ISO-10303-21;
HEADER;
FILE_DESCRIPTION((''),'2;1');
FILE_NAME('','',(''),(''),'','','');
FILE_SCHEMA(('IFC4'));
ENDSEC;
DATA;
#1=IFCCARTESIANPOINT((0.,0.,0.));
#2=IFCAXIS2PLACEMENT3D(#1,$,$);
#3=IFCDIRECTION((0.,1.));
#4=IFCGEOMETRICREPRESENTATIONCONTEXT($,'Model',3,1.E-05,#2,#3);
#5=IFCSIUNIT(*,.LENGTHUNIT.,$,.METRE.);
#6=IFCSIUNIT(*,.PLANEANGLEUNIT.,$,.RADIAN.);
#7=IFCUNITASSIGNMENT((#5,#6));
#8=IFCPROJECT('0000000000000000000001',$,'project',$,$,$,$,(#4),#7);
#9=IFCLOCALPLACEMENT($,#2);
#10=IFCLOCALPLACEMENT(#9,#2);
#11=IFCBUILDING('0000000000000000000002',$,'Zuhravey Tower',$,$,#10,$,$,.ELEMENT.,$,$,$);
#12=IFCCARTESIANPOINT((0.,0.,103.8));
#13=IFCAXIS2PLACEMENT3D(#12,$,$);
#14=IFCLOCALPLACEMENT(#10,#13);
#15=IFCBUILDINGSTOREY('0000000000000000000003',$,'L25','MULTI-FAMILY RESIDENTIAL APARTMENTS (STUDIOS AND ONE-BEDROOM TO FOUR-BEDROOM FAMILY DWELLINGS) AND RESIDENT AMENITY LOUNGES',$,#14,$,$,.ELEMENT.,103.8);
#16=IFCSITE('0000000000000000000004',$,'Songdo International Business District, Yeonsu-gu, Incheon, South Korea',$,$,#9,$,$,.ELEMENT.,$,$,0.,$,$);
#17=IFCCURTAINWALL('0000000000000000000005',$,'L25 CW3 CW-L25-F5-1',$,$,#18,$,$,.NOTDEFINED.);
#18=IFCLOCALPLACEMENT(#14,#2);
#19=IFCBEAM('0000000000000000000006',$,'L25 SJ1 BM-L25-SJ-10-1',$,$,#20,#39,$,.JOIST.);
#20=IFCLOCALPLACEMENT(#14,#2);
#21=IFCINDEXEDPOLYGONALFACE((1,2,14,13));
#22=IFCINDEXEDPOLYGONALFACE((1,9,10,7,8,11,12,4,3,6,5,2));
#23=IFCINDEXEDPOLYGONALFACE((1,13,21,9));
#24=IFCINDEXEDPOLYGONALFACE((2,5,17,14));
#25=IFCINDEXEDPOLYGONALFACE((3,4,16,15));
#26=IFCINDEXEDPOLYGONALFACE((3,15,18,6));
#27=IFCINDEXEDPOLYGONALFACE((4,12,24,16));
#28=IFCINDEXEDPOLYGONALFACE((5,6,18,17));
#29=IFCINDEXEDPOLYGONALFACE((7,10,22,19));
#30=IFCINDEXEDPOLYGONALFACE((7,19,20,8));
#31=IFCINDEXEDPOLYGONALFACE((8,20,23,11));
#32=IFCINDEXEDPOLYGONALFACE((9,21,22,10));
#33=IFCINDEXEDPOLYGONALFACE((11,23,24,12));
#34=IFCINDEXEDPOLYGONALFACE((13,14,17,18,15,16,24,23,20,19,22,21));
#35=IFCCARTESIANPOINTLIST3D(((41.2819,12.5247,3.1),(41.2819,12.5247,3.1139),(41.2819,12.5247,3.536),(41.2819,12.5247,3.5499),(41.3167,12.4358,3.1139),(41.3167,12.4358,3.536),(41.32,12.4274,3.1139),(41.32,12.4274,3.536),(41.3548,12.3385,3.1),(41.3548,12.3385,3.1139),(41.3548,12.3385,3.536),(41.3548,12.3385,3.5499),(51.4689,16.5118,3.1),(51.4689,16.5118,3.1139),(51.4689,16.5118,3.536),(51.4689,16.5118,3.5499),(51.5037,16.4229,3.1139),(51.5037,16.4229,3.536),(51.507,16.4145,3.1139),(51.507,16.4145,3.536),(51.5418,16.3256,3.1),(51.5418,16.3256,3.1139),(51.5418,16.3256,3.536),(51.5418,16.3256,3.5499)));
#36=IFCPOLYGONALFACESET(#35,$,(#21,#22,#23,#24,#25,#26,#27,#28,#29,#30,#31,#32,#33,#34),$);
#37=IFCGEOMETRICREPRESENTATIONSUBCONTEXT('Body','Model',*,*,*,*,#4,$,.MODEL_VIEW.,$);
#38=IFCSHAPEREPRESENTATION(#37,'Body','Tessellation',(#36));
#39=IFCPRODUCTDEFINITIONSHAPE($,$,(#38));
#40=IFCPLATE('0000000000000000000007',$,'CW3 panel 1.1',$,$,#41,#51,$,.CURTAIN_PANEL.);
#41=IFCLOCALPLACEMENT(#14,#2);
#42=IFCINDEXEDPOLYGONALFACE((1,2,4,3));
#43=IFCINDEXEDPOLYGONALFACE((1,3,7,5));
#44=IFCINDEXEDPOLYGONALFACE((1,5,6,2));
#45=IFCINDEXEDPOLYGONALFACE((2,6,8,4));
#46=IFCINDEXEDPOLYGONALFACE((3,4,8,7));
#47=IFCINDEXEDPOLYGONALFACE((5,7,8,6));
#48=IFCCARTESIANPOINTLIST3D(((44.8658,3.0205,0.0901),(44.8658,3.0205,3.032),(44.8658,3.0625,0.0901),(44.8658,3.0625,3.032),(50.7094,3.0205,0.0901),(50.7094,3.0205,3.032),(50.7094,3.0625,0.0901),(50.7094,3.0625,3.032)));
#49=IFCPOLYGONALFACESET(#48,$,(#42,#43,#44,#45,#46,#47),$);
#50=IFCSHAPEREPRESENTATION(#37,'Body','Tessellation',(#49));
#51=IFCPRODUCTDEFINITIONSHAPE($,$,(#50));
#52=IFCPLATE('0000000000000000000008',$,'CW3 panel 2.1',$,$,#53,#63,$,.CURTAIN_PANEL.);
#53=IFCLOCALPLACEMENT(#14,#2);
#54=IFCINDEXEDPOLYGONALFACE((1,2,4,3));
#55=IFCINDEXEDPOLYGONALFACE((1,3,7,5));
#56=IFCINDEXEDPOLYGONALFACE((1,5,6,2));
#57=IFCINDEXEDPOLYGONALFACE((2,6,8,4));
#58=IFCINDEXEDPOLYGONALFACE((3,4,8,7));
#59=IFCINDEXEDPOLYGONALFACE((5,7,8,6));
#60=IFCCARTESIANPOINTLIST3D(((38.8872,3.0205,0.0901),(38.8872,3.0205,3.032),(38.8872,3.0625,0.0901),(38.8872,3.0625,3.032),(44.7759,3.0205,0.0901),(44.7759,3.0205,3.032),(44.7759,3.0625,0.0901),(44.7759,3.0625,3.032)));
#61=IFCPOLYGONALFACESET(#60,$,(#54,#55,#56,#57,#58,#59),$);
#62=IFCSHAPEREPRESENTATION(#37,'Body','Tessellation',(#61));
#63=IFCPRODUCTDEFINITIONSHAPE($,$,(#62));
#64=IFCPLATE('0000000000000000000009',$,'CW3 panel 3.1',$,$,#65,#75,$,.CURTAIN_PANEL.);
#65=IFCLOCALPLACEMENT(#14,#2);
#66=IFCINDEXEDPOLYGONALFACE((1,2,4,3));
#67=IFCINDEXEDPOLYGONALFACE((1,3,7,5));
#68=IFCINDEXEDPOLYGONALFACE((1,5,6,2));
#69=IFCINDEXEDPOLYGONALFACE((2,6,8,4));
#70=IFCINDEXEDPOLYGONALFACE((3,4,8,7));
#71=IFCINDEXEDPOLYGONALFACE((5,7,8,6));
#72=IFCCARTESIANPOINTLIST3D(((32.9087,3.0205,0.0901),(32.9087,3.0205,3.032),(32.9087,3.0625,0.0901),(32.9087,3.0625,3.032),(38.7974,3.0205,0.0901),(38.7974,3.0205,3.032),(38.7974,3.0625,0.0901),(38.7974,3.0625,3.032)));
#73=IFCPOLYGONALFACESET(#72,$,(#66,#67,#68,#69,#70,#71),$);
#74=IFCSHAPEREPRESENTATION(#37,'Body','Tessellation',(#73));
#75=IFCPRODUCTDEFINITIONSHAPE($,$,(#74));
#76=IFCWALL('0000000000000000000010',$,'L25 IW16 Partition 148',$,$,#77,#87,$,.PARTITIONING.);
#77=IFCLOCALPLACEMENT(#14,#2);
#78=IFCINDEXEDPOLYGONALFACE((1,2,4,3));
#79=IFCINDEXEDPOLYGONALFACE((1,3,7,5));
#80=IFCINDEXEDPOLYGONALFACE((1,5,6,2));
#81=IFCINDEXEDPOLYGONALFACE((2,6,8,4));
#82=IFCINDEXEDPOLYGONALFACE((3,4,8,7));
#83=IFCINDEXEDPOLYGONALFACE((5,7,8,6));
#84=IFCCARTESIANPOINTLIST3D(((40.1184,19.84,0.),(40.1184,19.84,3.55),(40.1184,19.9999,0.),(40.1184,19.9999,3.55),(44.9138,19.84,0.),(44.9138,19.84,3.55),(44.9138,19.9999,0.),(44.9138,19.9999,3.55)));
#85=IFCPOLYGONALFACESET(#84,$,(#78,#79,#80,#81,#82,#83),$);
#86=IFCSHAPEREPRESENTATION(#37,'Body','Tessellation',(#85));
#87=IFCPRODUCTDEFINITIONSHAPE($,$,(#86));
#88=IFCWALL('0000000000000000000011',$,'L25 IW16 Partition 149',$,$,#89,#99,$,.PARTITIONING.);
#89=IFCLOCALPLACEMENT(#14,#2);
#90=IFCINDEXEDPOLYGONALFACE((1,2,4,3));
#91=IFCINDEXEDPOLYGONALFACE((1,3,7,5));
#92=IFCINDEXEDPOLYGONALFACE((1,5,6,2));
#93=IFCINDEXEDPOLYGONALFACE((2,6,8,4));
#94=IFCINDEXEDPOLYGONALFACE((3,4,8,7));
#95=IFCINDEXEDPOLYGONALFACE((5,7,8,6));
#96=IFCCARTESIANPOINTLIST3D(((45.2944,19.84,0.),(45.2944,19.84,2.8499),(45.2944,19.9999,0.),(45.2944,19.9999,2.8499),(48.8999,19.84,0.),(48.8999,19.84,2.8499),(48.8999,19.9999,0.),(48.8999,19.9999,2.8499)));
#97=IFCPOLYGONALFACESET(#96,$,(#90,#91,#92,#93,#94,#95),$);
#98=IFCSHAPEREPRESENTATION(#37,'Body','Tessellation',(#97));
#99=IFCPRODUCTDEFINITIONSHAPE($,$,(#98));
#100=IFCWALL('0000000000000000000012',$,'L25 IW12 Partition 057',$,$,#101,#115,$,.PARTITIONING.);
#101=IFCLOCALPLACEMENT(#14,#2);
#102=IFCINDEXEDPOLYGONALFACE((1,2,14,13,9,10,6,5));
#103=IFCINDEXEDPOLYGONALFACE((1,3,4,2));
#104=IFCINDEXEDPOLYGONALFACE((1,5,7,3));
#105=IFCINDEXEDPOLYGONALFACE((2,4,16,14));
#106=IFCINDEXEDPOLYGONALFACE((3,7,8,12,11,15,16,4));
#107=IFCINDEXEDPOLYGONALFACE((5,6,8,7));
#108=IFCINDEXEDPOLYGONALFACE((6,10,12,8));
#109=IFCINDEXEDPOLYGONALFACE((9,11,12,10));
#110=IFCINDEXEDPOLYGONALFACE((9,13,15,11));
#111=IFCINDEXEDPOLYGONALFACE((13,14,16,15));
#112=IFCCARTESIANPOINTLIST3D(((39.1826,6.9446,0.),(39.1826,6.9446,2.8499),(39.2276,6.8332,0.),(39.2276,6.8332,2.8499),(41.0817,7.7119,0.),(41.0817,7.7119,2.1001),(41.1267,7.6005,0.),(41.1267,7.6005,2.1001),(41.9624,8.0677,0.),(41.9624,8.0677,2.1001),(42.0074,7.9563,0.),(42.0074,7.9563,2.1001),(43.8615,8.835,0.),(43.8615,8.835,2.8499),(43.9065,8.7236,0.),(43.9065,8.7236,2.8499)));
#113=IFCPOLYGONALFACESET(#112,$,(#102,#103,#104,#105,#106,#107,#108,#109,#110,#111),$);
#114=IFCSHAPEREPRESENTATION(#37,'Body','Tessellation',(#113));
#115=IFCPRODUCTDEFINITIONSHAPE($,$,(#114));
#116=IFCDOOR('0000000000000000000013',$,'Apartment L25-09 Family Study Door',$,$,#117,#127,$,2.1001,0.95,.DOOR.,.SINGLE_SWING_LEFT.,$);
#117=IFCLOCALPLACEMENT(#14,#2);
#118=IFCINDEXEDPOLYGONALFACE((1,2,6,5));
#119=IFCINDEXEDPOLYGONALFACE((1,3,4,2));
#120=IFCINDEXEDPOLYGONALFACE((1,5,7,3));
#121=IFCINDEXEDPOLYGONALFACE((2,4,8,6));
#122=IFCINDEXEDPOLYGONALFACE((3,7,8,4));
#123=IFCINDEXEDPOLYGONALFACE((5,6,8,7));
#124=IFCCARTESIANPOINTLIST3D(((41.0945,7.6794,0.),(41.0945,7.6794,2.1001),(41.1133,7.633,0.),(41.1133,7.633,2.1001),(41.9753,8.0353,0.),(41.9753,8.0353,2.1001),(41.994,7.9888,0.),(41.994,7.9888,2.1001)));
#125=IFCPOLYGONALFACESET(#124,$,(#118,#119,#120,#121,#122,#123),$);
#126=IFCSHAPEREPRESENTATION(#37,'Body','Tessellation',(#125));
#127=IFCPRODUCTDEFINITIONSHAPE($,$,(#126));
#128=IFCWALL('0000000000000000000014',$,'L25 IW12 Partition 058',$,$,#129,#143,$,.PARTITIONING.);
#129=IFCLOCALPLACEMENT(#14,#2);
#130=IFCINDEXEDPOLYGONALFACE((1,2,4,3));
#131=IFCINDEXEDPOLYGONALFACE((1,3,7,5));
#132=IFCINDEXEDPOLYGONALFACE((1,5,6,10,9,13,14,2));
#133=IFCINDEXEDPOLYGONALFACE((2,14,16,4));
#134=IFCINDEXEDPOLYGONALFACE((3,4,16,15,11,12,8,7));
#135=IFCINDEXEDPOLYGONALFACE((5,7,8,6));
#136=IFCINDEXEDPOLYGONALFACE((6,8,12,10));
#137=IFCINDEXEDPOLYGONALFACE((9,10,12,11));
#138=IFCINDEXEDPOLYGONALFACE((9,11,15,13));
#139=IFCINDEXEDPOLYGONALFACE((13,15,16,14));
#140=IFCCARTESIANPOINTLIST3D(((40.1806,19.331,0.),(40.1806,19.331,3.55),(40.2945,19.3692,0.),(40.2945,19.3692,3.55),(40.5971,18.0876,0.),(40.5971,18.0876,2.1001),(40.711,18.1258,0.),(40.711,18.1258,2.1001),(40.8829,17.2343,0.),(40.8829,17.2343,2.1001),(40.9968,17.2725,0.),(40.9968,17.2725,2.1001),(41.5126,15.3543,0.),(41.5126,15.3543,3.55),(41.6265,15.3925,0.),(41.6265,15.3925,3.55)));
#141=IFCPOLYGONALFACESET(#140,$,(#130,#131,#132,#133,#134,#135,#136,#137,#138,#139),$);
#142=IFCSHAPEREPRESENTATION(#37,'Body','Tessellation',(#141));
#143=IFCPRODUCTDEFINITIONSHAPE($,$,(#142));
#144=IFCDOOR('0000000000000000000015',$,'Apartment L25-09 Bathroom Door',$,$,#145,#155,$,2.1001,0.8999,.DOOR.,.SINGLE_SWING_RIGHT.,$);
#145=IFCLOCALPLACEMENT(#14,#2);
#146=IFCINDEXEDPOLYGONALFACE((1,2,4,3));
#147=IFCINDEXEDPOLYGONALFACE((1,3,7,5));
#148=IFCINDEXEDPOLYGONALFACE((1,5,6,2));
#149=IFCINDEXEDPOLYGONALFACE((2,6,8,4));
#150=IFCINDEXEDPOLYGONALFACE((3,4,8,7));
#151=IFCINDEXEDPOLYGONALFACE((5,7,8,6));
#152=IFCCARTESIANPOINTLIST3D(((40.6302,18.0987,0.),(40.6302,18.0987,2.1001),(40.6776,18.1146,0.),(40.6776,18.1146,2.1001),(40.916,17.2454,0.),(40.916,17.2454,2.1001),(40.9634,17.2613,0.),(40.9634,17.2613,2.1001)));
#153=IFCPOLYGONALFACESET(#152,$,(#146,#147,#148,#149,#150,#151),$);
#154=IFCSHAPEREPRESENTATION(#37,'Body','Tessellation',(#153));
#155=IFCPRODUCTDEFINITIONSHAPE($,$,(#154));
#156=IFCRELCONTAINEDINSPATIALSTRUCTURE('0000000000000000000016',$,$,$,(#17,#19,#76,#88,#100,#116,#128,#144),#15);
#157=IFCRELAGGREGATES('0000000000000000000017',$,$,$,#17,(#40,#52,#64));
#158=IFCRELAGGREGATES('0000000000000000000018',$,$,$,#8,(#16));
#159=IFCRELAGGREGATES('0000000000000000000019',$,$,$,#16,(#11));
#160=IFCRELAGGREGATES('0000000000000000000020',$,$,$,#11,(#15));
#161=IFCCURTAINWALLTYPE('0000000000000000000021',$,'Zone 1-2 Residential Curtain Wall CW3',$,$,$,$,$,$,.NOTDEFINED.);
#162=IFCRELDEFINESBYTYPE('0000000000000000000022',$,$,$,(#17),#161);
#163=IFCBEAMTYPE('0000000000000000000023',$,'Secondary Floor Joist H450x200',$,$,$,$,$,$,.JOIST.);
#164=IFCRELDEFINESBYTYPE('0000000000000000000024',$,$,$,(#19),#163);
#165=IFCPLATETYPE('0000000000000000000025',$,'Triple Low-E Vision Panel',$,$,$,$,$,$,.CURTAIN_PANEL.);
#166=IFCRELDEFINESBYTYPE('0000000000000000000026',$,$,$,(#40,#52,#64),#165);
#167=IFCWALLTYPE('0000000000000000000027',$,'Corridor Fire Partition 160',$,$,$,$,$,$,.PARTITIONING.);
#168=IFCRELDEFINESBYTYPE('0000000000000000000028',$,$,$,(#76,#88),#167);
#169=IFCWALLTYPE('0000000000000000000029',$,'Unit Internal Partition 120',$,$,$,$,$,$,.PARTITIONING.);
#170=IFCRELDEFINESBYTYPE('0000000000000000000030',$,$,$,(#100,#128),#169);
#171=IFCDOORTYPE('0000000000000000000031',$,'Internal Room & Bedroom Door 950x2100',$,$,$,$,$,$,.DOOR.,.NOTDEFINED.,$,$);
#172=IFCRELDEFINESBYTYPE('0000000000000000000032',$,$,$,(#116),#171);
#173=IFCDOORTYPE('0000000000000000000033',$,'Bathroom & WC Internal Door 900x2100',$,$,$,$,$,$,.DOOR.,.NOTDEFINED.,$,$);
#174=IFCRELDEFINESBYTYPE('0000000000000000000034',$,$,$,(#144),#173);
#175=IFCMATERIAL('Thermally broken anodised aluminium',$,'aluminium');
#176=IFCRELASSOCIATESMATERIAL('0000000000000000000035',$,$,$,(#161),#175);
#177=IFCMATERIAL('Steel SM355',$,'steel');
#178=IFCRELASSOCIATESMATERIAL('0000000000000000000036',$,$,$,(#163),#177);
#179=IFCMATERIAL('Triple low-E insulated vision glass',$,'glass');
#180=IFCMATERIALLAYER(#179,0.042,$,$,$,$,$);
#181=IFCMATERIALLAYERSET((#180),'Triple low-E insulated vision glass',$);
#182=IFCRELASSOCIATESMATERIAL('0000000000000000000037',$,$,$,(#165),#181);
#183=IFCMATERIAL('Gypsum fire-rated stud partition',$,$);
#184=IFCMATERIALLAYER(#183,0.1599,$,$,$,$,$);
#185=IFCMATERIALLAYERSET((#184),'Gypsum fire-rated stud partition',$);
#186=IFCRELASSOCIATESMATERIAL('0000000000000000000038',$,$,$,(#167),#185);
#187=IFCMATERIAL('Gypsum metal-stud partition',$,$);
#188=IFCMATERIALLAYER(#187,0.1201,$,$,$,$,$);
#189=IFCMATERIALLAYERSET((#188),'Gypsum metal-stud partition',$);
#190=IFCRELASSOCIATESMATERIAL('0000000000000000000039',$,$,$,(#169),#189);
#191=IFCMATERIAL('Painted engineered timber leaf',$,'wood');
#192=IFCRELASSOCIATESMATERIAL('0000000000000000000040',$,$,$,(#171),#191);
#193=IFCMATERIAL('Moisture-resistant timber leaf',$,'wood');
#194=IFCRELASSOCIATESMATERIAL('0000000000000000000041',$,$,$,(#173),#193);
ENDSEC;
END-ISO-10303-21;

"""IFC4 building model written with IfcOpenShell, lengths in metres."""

from ifc_helpers import new_model, si_unit, direction, frame, frame_2d, origin, origin_2d, place, context, subcontext, project, spatial, rectangle, i_section, extrude, material, layer, layer_set, material_profile, profile_set, type_object, element, fill, aggregate, save


model = new_model("IFC4")

# Units and contexts
model_context = context("Model", 3, precision=1e-05, world=origin(), true_north=direction((0.0, 1.0)))
body_context = subcontext(model_context, "Body", "Model", "MODEL_VIEW")
ifc_project = project(units=[si_unit("LENGTHUNIT", "METRE"), si_unit("PLANEANGLEUNIT", "RADIAN")], contexts=[model_context])

# Site, building, storey
site_placement = place(None, origin())
site = spatial("IfcSite", under=ifc_project, at=site_placement, Name="Songdo International Business District, Yeonsu-gu, Incheon, South Korea", CompositionType="ELEMENT", RefElevation=0.0)
building_placement = place(site_placement, origin())
building = spatial("IfcBuilding", under=site, at=building_placement, Name="Zuhravey Tower", CompositionType="ELEMENT")
storey_placement = place(building_placement, frame((0.0, 0.0, 103.8)))
storey = spatial("IfcBuildingStorey", under=building, at=storey_placement, Name="L25", Description="MULTI-FAMILY RESIDENTIAL APARTMENTS (STUDIOS AND ONE-BEDROOM TO FOUR-BEDROOM FAMILY DWELLINGS) AND RESIDENT AMENITY LOUNGES", CompositionType="ELEMENT", Elevation=103.8)

# Curtain wall
ifc_material_1 = material(Name="Thermally broken anodised aluminium", Category="aluminium")
curtain_wall_type = type_object("IfcCurtainWallType", Name="Zone 1-2 Residential Curtain Wall CW3", PredefinedType="NOTDEFINED", material=ifc_material_1)
curtain_wall_placement = place(storey_placement, origin())
curtain_wall = element("IfcCurtainWall", 1, at=curtain_wall_placement, inside=storey, type_object=curtain_wall_type, Name="L25 CW3 CW-L25-F5-1", PredefinedType="NOTDEFINED")

# Beam
ifc_material_2 = material(Name="Steel SM355", Category="steel")
ifc_material_profile_1 = material_profile(ifc_material_2, i_section(OverallWidth=0.2, OverallDepth=0.45, WebThickness=0.009, FlangeThickness=0.0139, at=origin_2d()), Name="H-450x200x9x14")
ifc_profile_set_1 = profile_set([ifc_material_profile_1], Name="Steel SM355")
beam_type_1 = type_object("IfcBeamType", Name="Secondary Floor Joist H450x200", PredefinedType="JOIST", material=ifc_profile_set_1)
beam_1_placement = place(storey_placement, frame((41.3184, 12.4316, 3.325), z_axis=(0.931217, 0.364466, 0.0), x_axis=(-0.364466, 0.931217, 0.0)))
element("IfcBeam", 2, at=beam_1_placement, inside=storey, type_object=beam_type_1, Name="L25 SJ1 BM-L25-SJ-10-1", PredefinedType="JOIST", context=body_context, shape_type="SweptSolid", body=[
    extrude(i_section(OverallWidth=0.2, OverallDepth=0.45, WebThickness=0.009, FlangeThickness=0.0139, at=origin_2d()), origin(), (0.0, 0.0, 1.0), 10.9395),
])

# Plates
ifc_material_3 = material(Name="Triple low-E insulated vision glass", Category="glass")
ifc_layer_1 = layer(ifc_material_3, 0.042)
ifc_layer_set_1 = layer_set([ifc_layer_1], Name="Triple low-E insulated vision glass")
plate_type = type_object("IfcPlateType", Name="Triple Low-E Vision Panel", PredefinedType="CURTAIN_PANEL", material=ifc_layer_set_1)
plate_1_placement = place(storey_placement, frame((47.7876, 3.0415, 0.0901), z_axis=(0.0, 0.0, 1.0), x_axis=(-1.0, 0.0, 0.0)))
plate_1 = element("IfcPlate", 3, at=plate_1_placement, type_object=plate_type, Name="CW3 panel 1.1", PredefinedType="CURTAIN_PANEL", context=body_context, shape_type="SweptSolid", body=[
    extrude(rectangle(XDim=5.8435, YDim=0.042, at=origin_2d()), origin(), (0.0, 0.0, 1.0), 2.9419),
])
plate_2_placement = place(storey_placement, frame((41.8315, 3.0415, 0.0901), z_axis=(0.0, 0.0, 1.0), x_axis=(-1.0, 0.0, 0.0)))
plate_2 = element("IfcPlate", 4, at=plate_2_placement, type_object=plate_type, Name="CW3 panel 2.1", PredefinedType="CURTAIN_PANEL", context=body_context, shape_type="SweptSolid", body=[
    extrude(rectangle(XDim=5.8887, YDim=0.042, at=origin_2d()), origin(), (0.0, 0.0, 1.0), 2.9419),
])
plate_3_placement = place(storey_placement, frame((35.853, 3.0415, 0.0901), z_axis=(0.0, 0.0, 1.0), x_axis=(-1.0, 0.0, 0.0)))
plate_3 = element("IfcPlate", 5, at=plate_3_placement, type_object=plate_type, Name="CW3 panel 3.1", PredefinedType="CURTAIN_PANEL", context=body_context, shape_type="SweptSolid", body=[
    extrude(rectangle(XDim=5.8887, YDim=0.042, at=origin_2d()), origin(), (0.0, 0.0, 1.0), 2.9419),
])
aggregate(curtain_wall, [plate_1, plate_2, plate_3])

# Shared definitions
ifc_material_4 = material(Name="Gypsum fire-rated stud partition")
ifc_layer_2 = layer(ifc_material_4, 0.1599)
ifc_layer_set_2 = layer_set([ifc_layer_2], Name="Gypsum fire-rated stud partition")
wall_type_1 = type_object("IfcWallType", Name="Corridor Fire Partition 160", PredefinedType="PARTITIONING", material=ifc_layer_set_2)

# Walls
wall_1_placement = place(storey_placement, frame((40.1184, 19.9199, 0.0), z_axis=(0.0, 0.0, 1.0), x_axis=(1.0, 0.0, 0.0)))
element("IfcWall", 6, at=wall_1_placement, inside=storey, type_object=wall_type_1, Name="L25 IW16 Partition 148", PredefinedType="PARTITIONING", context=body_context, shape_type="SweptSolid", body=[
    extrude(rectangle(XDim=4.7954, YDim=0.1599, at=frame_2d((2.3977, 0.0))), origin(), (0.0, 0.0, 1.0), 3.55),
])
wall_2_placement = place(storey_placement, frame((45.2944, 19.9199, 0.0), z_axis=(0.0, 0.0, 1.0), x_axis=(1.0, 0.0, 0.0)))
element("IfcWall", 7, at=wall_2_placement, inside=storey, type_object=wall_type_1, Name="L25 IW16 Partition 149", PredefinedType="PARTITIONING", context=body_context, shape_type="SweptSolid", body=[
    extrude(rectangle(XDim=3.6055, YDim=0.1599, at=frame_2d((1.8027, 0.0))), origin(), (0.0, 0.0, 1.0), 2.8499),
])

# Walls, openings, doors
ifc_material_5 = material(Name="Gypsum metal-stud partition")
ifc_layer_3 = layer(ifc_material_5, 0.1201)
ifc_layer_set_3 = layer_set([ifc_layer_3], Name="Gypsum metal-stud partition")
wall_type_2 = type_object("IfcWallType", Name="Unit Internal Partition 120", PredefinedType="PARTITIONING", material=ifc_layer_set_3)
wall_3_placement = place(storey_placement, frame((39.2051, 6.8889, 0.0), z_axis=(0.0, 0.0, 1.0), x_axis=(0.927187, 0.3746, 0.0)))
wall_3 = element("IfcWall", 8, at=wall_3_placement, inside=storey, type_object=wall_type_2, Name="L25 IW12 Partition 057", PredefinedType="PARTITIONING", context=body_context, shape_type="SweptSolid", body=[
    extrude(rectangle(XDim=5.0464, YDim=0.1201, at=frame_2d((2.5232, 0.0))), origin(), (0.0, 0.0, 1.0), 2.8499),
])
opening_1_placement = place(wall_3_placement, frame((2.0481, 0.0, 0.0)))
opening_1 = element("IfcOpeningElement", 9, at=opening_1_placement, cuts=wall_3, PredefinedType="OPENING", context=body_context, shape_type="SweptSolid", body=[
    extrude(rectangle(XDim=0.95, YDim=2.1001, at=frame_2d((0.4751, 1.05))), frame((0.0, 0.072, 0.0), z_axis=(0.0, -1.0, 0.0), x_axis=(1.0, 0.0, 0.0)), (0.0, 0.0, 1.0), 0.144),
])
ifc_material_6 = material(Name="Painted engineered timber leaf", Category="wood")
door_type_1 = type_object("IfcDoorType", Name="Internal Room & Bedroom Door 950x2100", OperationType="NOTDEFINED", PredefinedType="DOOR", material=ifc_material_6)
door_1_placement = place(opening_1_placement, frame((0.95, 0.0, 0.0), z_axis=(0.0, 0.0, 1.0), x_axis=(-1.0, 0.0, 0.0)))
door_1 = element("IfcDoor", 10, at=door_1_placement, inside=storey, type_object=door_type_1, Name="Apartment L25-09 Family Study Door", OperationType="SINGLE_SWING_LEFT", OverallHeight=2.1001, OverallWidth=0.95, PredefinedType="DOOR", context=body_context, shape_type="SweptSolid", body=[
    extrude(rectangle(XDim=0.95, YDim=2.1001, at=frame_2d((0.4751, 1.05))), frame((0.0, 0.0249, 0.0), z_axis=(0.0, -1.0, 0.0), x_axis=(1.0, 0.0, 0.0)), (0.0, 0.0, 1.0), 0.05),
])
fill(opening_1, door_1)
wall_4_placement = place(storey_placement, frame((40.2375, 19.3501, 0.0), z_axis=(0.0, 0.0, 1.0), x_axis=(0.317607, -0.948222, 0.0)))
wall_4 = element("IfcWall", 11, at=wall_4_placement, inside=storey, type_object=wall_type_2, Name="L25 IW12 Partition 058", PredefinedType="PARTITIONING", context=body_context, shape_type="SweptSolid", body=[
    extrude(rectangle(XDim=4.1938, YDim=0.1201, at=frame_2d((2.0969, 0.0))), origin(), (0.0, 0.0, 1.0), 3.55),
])
opening_2_placement = place(wall_4_placement, frame((1.3113, 0.0, 0.0)))
opening_2 = element("IfcOpeningElement", 12, at=opening_2_placement, cuts=wall_4, PredefinedType="OPENING", context=body_context, shape_type="SweptSolid", body=[
    extrude(rectangle(XDim=0.8999, YDim=2.1001, at=frame_2d((0.45, 1.05))), frame((0.0, 0.072, 0.0), z_axis=(0.0, -1.0, 0.0), x_axis=(1.0, 0.0, 0.0)), (0.0, 0.0, 1.0), 0.144),
])
ifc_material_7 = material(Name="Moisture-resistant timber leaf", Category="wood")
door_type_2 = type_object("IfcDoorType", Name="Bathroom & WC Internal Door 900x2100", OperationType="NOTDEFINED", PredefinedType="DOOR", material=ifc_material_7)
door_2_placement = place(opening_2_placement, origin())
door_2 = element("IfcDoor", 13, at=door_2_placement, inside=storey, type_object=door_type_2, Name="Apartment L25-09 Bathroom Door", OperationType="SINGLE_SWING_RIGHT", OverallHeight=2.1001, OverallWidth=0.8999, PredefinedType="DOOR", context=body_context, shape_type="SweptSolid", body=[
    extrude(rectangle(XDim=0.8999, YDim=2.1001, at=frame_2d((0.45, 1.05))), frame((0.0, 0.0249, 0.0), z_axis=(0.0, -1.0, 0.0), x_axis=(1.0, 0.0, 0.0)), (0.0, 0.0, 1.0), 0.05),
])
fill(opening_2, door_2)

save(model, "model.ifc")
